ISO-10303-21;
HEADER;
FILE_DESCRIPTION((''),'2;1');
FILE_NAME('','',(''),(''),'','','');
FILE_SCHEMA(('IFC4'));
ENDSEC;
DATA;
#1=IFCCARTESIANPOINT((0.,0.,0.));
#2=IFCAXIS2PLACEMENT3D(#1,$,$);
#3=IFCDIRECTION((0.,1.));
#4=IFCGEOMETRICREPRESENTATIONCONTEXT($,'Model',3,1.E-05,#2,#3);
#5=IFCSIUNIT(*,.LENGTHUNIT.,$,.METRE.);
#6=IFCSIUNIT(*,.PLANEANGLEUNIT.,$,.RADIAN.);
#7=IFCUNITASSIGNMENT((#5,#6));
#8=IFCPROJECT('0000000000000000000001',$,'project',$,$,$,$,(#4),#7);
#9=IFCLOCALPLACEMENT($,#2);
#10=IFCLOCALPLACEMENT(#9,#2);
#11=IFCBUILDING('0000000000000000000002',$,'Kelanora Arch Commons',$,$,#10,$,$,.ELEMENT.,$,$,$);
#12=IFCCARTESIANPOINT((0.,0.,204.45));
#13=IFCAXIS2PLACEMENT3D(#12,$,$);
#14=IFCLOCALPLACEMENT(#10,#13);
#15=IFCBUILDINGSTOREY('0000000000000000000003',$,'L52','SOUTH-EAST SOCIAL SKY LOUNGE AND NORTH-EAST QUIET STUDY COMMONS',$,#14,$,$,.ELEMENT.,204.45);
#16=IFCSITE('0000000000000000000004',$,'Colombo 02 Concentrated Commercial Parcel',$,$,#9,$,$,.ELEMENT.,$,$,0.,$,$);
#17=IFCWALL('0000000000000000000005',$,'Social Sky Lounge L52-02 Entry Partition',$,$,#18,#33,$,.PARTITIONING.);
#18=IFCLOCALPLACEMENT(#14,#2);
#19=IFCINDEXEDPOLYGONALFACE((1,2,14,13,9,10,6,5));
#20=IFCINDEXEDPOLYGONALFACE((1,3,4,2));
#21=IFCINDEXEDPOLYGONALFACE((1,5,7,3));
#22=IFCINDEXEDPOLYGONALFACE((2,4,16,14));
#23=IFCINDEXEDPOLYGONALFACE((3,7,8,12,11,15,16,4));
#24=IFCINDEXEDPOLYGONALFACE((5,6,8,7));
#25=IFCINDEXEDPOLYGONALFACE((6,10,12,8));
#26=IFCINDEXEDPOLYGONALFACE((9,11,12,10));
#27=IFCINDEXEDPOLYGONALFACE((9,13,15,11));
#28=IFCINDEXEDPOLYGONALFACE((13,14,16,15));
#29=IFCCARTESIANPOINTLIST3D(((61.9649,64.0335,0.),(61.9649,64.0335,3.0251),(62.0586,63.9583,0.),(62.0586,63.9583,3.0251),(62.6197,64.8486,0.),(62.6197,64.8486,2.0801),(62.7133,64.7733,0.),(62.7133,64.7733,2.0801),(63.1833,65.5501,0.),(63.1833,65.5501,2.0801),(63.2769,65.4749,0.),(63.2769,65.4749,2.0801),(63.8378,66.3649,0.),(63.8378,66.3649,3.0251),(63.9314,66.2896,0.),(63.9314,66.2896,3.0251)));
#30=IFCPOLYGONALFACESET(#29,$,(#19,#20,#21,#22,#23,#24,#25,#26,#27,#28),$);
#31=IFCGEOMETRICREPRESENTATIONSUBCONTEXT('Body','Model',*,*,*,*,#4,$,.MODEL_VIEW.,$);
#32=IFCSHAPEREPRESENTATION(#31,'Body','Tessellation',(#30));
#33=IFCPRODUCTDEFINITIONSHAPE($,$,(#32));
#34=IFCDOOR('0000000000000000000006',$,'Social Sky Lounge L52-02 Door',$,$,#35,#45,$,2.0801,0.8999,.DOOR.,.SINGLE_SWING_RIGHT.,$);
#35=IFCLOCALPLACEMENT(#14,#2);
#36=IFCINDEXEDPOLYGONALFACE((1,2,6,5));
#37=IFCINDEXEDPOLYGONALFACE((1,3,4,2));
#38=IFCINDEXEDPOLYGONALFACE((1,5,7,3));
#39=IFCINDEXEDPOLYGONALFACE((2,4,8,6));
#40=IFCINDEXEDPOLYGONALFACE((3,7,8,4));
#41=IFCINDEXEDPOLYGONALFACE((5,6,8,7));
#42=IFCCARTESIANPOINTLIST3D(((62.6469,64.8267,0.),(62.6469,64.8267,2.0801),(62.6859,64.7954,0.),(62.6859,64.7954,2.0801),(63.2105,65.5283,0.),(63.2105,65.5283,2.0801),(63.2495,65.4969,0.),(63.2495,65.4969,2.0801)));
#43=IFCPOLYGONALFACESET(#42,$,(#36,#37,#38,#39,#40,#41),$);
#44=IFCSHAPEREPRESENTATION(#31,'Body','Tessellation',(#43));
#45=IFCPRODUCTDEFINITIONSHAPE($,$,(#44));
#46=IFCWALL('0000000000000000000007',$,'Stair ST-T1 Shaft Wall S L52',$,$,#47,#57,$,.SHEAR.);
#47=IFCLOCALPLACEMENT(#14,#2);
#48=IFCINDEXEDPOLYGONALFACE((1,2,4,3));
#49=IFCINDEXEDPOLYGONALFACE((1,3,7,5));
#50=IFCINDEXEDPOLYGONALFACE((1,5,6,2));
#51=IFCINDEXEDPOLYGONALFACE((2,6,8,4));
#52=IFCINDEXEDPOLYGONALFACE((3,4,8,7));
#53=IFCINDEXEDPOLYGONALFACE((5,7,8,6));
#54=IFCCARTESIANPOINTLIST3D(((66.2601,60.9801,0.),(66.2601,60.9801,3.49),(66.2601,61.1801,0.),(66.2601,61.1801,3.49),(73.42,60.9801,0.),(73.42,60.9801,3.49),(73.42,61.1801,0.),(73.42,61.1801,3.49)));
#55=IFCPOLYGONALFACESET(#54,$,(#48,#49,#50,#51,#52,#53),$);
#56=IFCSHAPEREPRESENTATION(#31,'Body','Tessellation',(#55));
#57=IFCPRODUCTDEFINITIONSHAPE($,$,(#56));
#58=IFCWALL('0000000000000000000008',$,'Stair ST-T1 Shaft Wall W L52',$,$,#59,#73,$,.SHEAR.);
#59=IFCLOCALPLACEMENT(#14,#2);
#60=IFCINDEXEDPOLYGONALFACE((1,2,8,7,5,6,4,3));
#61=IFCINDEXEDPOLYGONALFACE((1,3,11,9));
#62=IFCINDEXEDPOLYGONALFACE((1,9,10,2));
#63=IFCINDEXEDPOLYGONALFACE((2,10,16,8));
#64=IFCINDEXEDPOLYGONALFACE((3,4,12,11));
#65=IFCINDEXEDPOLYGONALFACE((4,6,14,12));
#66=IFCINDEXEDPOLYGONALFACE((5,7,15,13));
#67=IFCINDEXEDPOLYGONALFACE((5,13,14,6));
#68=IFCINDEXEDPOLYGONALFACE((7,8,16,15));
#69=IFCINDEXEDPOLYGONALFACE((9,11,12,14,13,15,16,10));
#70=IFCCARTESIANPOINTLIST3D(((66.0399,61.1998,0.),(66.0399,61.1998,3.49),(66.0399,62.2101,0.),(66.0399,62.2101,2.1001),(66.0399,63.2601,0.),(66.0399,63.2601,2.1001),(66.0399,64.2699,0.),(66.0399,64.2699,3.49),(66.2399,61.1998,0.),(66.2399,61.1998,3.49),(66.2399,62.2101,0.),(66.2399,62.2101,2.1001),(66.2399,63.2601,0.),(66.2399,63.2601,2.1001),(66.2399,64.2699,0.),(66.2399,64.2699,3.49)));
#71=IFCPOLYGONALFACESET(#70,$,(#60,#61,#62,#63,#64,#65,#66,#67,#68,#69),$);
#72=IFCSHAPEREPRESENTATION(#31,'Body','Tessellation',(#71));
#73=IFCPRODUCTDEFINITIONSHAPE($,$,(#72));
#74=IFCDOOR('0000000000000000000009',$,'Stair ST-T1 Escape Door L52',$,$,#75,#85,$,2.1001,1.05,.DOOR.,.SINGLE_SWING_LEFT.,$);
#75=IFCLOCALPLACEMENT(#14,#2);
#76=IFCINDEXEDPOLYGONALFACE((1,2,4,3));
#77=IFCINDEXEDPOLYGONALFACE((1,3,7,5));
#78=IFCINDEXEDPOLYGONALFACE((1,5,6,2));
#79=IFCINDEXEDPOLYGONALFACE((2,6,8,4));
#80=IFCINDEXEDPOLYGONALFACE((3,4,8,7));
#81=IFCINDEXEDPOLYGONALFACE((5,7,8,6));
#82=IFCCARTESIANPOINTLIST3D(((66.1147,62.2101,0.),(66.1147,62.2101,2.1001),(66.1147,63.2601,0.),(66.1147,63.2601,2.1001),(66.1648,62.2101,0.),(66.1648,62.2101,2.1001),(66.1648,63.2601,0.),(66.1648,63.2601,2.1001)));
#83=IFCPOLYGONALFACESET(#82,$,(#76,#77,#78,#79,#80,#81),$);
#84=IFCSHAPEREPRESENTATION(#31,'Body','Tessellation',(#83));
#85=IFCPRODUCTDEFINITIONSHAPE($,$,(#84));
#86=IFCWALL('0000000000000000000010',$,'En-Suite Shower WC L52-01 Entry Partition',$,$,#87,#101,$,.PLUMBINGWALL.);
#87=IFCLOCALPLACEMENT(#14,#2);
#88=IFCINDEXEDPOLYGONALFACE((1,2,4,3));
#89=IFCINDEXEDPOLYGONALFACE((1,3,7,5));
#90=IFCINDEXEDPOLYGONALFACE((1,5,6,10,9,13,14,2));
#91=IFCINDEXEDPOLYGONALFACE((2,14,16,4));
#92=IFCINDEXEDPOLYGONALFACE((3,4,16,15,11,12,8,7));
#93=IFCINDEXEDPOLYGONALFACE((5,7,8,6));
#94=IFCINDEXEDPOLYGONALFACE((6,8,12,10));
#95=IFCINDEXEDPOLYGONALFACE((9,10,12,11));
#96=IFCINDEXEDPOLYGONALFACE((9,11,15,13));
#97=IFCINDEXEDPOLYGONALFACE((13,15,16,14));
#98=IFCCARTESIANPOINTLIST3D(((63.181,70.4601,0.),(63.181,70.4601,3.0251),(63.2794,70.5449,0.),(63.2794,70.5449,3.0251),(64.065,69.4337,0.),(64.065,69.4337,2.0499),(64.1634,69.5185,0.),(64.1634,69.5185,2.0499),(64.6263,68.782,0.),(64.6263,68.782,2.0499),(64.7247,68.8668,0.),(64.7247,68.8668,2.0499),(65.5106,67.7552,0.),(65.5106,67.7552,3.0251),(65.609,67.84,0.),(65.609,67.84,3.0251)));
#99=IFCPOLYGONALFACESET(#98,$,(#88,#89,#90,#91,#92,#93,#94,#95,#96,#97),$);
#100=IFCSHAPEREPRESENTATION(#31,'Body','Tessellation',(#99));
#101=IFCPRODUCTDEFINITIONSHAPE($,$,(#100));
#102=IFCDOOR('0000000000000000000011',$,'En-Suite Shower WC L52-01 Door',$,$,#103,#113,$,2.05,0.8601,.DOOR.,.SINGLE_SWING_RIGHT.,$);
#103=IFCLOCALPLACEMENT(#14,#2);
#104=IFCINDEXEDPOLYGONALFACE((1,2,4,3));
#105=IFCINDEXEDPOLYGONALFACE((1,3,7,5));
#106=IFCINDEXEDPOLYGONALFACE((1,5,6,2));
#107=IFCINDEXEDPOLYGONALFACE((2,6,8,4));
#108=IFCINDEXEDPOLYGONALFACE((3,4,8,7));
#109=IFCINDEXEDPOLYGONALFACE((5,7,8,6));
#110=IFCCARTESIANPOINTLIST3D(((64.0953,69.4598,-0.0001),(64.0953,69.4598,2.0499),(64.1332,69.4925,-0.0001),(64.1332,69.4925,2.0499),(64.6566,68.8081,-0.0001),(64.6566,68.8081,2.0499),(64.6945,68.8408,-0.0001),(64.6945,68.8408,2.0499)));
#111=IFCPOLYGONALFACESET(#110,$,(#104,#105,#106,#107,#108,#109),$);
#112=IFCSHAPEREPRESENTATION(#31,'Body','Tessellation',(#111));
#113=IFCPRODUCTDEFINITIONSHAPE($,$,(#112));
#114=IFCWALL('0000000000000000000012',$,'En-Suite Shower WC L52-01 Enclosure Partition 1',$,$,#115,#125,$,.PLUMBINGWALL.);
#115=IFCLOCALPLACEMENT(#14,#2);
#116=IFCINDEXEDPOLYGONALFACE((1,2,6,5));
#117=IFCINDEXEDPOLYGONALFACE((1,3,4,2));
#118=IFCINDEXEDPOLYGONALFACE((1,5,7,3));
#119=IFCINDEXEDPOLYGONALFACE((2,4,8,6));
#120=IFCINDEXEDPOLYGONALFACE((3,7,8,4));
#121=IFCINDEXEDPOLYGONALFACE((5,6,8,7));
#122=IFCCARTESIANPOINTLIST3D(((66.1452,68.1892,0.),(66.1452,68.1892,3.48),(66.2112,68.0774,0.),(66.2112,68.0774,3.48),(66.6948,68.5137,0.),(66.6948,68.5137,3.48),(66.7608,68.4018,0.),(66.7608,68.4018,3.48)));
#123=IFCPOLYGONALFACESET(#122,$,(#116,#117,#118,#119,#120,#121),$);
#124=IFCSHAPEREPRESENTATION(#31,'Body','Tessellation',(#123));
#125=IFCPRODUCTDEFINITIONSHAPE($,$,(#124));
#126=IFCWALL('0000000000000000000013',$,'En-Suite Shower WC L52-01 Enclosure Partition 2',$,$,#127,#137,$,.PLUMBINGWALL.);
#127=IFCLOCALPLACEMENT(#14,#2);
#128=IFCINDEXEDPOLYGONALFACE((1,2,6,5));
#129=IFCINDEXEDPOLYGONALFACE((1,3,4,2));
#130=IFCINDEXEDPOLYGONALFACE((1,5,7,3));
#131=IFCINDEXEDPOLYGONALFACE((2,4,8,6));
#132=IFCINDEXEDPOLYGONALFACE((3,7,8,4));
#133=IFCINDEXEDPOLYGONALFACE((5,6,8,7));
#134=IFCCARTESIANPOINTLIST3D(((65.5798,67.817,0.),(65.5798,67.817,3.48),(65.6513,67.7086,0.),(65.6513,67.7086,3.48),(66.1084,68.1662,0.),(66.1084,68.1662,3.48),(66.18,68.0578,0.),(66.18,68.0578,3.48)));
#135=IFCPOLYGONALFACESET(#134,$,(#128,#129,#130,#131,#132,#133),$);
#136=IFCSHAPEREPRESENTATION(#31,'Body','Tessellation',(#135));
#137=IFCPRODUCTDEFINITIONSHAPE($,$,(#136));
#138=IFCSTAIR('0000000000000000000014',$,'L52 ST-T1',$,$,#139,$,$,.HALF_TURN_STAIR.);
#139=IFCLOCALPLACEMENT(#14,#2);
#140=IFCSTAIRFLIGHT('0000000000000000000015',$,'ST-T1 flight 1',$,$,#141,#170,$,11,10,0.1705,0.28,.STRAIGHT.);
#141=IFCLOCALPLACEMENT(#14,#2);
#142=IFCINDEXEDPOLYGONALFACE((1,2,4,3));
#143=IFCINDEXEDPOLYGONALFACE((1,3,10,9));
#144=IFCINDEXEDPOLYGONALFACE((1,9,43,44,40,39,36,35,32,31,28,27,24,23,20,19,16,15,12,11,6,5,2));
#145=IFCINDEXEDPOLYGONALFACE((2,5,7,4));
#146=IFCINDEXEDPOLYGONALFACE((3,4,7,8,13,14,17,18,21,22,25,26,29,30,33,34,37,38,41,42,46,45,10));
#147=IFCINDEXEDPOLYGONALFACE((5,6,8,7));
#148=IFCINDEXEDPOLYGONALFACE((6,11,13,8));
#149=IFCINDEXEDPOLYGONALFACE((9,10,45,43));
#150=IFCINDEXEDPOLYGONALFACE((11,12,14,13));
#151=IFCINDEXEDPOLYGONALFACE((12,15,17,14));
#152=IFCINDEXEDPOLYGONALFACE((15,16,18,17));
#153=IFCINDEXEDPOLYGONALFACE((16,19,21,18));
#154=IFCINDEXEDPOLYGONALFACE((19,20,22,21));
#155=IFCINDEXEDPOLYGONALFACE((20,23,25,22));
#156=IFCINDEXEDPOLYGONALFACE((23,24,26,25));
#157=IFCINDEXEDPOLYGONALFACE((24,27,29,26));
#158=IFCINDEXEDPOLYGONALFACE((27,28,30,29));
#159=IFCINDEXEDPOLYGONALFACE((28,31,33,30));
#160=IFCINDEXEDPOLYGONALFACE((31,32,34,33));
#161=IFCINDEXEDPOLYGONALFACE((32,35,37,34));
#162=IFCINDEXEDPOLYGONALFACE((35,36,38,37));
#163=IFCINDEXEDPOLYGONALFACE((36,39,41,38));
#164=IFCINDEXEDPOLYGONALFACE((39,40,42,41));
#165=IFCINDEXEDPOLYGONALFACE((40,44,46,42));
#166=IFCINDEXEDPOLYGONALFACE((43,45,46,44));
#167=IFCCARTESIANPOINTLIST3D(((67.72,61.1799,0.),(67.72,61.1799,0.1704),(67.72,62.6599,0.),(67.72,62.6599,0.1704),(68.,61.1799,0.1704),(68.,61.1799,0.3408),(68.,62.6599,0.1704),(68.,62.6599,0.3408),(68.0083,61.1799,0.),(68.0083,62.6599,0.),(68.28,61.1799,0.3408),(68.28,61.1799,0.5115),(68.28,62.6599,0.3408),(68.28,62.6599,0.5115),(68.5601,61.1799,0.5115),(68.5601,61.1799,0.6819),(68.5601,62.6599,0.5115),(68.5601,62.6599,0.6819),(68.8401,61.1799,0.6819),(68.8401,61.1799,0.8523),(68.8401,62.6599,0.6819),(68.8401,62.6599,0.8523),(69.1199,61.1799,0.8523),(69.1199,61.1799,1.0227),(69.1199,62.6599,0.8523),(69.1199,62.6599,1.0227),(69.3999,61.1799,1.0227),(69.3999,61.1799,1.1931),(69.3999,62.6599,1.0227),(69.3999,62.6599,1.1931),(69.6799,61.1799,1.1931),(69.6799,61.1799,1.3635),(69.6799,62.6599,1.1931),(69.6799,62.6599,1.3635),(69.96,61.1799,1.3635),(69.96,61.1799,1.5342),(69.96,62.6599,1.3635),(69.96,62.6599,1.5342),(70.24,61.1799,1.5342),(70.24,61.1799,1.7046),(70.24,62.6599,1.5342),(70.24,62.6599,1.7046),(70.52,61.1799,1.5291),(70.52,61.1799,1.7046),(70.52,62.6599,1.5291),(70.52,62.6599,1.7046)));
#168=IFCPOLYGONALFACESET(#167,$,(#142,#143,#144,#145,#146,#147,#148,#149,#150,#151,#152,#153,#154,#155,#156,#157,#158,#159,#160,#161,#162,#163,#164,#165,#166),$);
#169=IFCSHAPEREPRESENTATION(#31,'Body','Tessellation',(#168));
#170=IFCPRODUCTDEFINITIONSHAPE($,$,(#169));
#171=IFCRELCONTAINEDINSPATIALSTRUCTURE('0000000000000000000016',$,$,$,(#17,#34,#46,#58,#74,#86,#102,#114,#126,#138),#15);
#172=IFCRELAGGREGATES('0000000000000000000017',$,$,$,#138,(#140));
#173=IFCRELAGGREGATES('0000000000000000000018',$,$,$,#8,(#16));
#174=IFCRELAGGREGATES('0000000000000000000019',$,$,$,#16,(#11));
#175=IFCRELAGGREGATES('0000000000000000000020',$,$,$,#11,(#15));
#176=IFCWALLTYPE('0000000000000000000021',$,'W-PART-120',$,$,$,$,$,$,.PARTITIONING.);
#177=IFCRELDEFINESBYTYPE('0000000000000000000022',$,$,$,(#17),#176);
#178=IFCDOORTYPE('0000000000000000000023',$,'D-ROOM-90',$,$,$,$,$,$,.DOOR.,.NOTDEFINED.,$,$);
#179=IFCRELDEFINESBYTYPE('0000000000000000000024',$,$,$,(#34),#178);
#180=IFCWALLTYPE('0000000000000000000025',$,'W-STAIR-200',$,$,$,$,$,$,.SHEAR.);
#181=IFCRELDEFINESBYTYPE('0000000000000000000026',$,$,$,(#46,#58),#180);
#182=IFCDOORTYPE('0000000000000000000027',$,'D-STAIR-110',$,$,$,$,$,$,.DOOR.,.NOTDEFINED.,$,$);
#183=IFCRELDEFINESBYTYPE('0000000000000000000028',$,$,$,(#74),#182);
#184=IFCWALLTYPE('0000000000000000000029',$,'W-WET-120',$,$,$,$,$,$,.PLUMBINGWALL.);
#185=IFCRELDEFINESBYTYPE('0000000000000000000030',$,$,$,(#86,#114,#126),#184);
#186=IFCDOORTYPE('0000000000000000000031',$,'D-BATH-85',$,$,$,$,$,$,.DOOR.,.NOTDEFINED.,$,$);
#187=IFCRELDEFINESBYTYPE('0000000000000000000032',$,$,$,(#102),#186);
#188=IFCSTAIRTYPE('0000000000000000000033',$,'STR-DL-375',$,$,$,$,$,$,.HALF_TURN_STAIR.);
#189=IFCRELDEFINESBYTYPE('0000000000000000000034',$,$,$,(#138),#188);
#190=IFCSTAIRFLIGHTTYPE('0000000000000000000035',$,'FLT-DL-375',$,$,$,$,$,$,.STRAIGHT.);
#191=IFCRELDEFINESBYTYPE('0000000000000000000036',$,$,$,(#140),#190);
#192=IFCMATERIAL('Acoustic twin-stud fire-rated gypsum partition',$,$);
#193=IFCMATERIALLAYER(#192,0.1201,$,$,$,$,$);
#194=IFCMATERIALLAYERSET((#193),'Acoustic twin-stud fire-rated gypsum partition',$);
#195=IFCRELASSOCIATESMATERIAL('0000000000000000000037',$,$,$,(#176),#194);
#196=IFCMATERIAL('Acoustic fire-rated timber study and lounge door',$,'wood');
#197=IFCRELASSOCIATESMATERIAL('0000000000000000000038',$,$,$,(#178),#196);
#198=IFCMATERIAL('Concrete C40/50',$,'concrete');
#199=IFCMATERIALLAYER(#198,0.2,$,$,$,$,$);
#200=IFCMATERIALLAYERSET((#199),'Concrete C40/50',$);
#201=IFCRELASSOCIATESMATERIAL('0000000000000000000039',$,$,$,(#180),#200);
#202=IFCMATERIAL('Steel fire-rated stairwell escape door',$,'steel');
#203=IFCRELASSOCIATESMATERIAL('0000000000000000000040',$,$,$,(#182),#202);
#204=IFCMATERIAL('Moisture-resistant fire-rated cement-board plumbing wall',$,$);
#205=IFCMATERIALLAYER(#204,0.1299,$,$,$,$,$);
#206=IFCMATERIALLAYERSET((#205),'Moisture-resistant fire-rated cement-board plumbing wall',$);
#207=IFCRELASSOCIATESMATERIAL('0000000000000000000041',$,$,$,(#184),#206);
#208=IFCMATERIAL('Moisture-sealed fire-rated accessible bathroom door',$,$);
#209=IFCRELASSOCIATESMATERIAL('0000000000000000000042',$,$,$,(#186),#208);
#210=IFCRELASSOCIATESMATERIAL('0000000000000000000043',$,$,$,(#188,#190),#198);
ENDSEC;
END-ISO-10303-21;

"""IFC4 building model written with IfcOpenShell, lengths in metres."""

from ifc_helpers import new_model, si_unit, direction, frame, frame_2d, origin, place, context, subcontext, project, spatial, polyline, rectangle, outline, extrude, material, layer, layer_set, type_object, element, fill, aggregate, save


model = new_model("IFC4")

# Units and contexts
model_context = context("Model", 3, precision=1e-05, world=origin(), true_north=direction((0.0, 1.0)))
body_context = subcontext(model_context, "Body", "Model", "MODEL_VIEW")
ifc_project = project(units=[si_unit("LENGTHUNIT", "METRE"), si_unit("PLANEANGLEUNIT", "RADIAN")], contexts=[model_context])

# Site, building, storey
site_placement = place(None, origin())
site = spatial("IfcSite", under=ifc_project, at=site_placement, Name="Colombo 02 Concentrated Commercial Parcel", CompositionType="ELEMENT", RefElevation=0.0)
building_placement = place(site_placement, origin())
building = spatial("IfcBuilding", under=site, at=building_placement, Name="Kelanora Arch Commons", CompositionType="ELEMENT")
storey_placement = place(building_placement, frame((0.0, 0.0, 204.45)))
storey = spatial("IfcBuildingStorey", under=building, at=storey_placement, Name="L52", Description="SOUTH-EAST SOCIAL SKY LOUNGE AND NORTH-EAST QUIET STUDY COMMONS", CompositionType="ELEMENT", Elevation=204.45)

# Wall, opening, door
ifc_material_1 = material(Name="Acoustic twin-stud fire-rated gypsum partition")
ifc_layer_1 = layer(ifc_material_1, 0.1201)
ifc_layer_set_1 = layer_set([ifc_layer_1], Name="Acoustic twin-stud fire-rated gypsum partition")
wall_type_1 = type_object("IfcWallType", Name="W-PART-120", PredefinedType="PARTITIONING", material=ifc_layer_set_1)
wall_1_placement = place(storey_placement, frame((63.8845, 66.3271, 0.0), z_axis=(0.0, 0.0, 1.0), x_axis=(-0.626277, -0.779601, 0.0)))
wall_1 = element("IfcWall", 1, at=wall_1_placement, inside=storey, type_object=wall_type_1, Name="Social Sky Lounge L52-02 Entry Partition", PredefinedType="PARTITIONING", context=body_context, shape_type="SweptSolid", body=[
    extrude(rectangle(XDim=2.9905, YDim=0.1201, at=frame_2d((1.4951, 0.0))), origin(), (0.0, 0.0, 1.0), 3.0251),
])
opening_1_placement = place(wall_1_placement, frame((1.0449, 0.0, 0.0)))
opening_1 = element("IfcOpeningElement", 2, at=opening_1_placement, cuts=wall_1, PredefinedType="OPENING", context=body_context, shape_type="SweptSolid", body=[
    extrude(rectangle(XDim=0.8999, YDim=2.0801, at=frame_2d((0.45, 1.04))), frame((0.0, 0.0701, 0.0), z_axis=(0.0, -1.0, 0.0), x_axis=(1.0, 0.0, 0.0)), (0.0, 0.0, 1.0), 0.1401),
])
ifc_material_2 = material(Name="Acoustic fire-rated timber study and lounge door", Category="wood")
door_type_1 = type_object("IfcDoorType", Name="D-ROOM-90", OperationType="NOTDEFINED", PredefinedType="DOOR", material=ifc_material_2)
door_1_placement = place(opening_1_placement, origin())
door_1 = element("IfcDoor", 3, at=door_1_placement, inside=storey, type_object=door_type_1, Name="Social Sky Lounge L52-02 Door", OperationType="SINGLE_SWING_RIGHT", OverallHeight=2.0801, OverallWidth=0.8999, PredefinedType="DOOR", context=body_context, shape_type="SweptSolid", body=[
    extrude(rectangle(XDim=0.8999, YDim=2.0801, at=frame_2d((0.45, 1.04))), frame((0.0, 0.0249, 0.0), z_axis=(0.0, -1.0, 0.0), x_axis=(1.0, 0.0, 0.0)), (0.0, 0.0, 1.0), 0.05),
])
fill(opening_1, door_1)

# Wall
ifc_material_3 = material(Name="Concrete C40/50", Category="concrete")
ifc_layer_2 = layer(ifc_material_3, 0.2)
ifc_layer_set_2 = layer_set([ifc_layer_2], Name="Concrete C40/50")
wall_type_2 = type_object("IfcWallType", Name="W-STAIR-200", PredefinedType="SHEAR", material=ifc_layer_set_2)
wall_2_placement = place(storey_placement, frame((66.26, 61.0801, 0.0), z_axis=(0.0, 0.0, 1.0), x_axis=(1.0, 0.0, 0.0)))
element("IfcWall", 4, at=wall_2_placement, inside=storey, type_object=wall_type_2, Name="Stair ST-T1 Shaft Wall S L52", PredefinedType="SHEAR", context=body_context, shape_type="SweptSolid", body=[
    extrude(rectangle(XDim=7.1599, YDim=0.2, at=frame_2d((3.5801, 0.0))), origin(), (0.0, 0.0, 1.0), 3.49),
])

# Walls, openings, doors
wall_3_placement = place(storey_placement, frame((66.1399, 64.27, 0.0), z_axis=(0.0, 0.0, 1.0), x_axis=(0.0, -1.0, 0.0)))
wall_3 = element("IfcWall", 5, at=wall_3_placement, inside=storey, type_object=wall_type_2, Name="Stair ST-T1 Shaft Wall W L52", PredefinedType="SHEAR", context=body_context, shape_type="SweptSolid", body=[
    extrude(rectangle(XDim=3.0701, YDim=0.2, at=frame_2d((1.5352, 0.0))), origin(), (0.0, 0.0, 1.0), 3.49),
])
opening_2_placement = place(wall_3_placement, frame((1.01, 0.0, 0.0)))
opening_2 = element("IfcOpeningElement", 6, at=opening_2_placement, cuts=wall_3, PredefinedType="OPENING", context=body_context, shape_type="SweptSolid", body=[
    extrude(rectangle(XDim=1.05, YDim=2.1001, at=frame_2d((0.5249, 1.05))), frame((0.0, 0.1099, 0.0), z_axis=(0.0, -1.0, 0.0), x_axis=(1.0, 0.0, 0.0)), (0.0, 0.0, 1.0), 0.22),
])
ifc_material_4 = material(Name="Steel fire-rated stairwell escape door", Category="steel")
door_type_2 = type_object("IfcDoorType", Name="D-STAIR-110", OperationType="NOTDEFINED", PredefinedType="DOOR", material=ifc_material_4)
door_2_placement = place(opening_2_placement, origin())
door_2 = element("IfcDoor", 7, at=door_2_placement, inside=storey, type_object=door_type_2, Name="Stair ST-T1 Escape Door L52", OperationType="SINGLE_SWING_LEFT", OverallHeight=2.1001, OverallWidth=1.05, PredefinedType="DOOR", context=body_context, shape_type="SweptSolid", body=[
    extrude(rectangle(XDim=1.05, YDim=2.1001, at=frame_2d((0.5249, 1.05))), frame((0.0, 0.0249, 0.0), z_axis=(0.0, -1.0, 0.0), x_axis=(1.0, 0.0, 0.0)), (0.0, 0.0, 1.0), 0.05),
])
fill(opening_2, door_2)
ifc_material_5 = material(Name="Moisture-resistant fire-rated cement-board plumbing wall")
ifc_layer_3 = layer(ifc_material_5, 0.1299)
ifc_layer_set_3 = layer_set([ifc_layer_3], Name="Moisture-resistant fire-rated cement-board plumbing wall")
wall_type_3 = type_object("IfcWallType", Name="W-WET-120", PredefinedType="PLUMBINGWALL", material=ifc_layer_set_3)
wall_4_placement = place(storey_placement, frame((65.5598, 67.7976, 0.0), z_axis=(0.0, 0.0, 1.0), x_axis=(-0.652592, 0.75771, 0.0)))
wall_4 = element("IfcWall", 8, at=wall_4_placement, inside=storey, type_object=wall_type_3, Name="En-Suite Shower WC L52-01 Entry Partition", PredefinedType="PLUMBINGWALL", context=body_context, shape_type="SweptSolid", body=[
    extrude(rectangle(XDim=3.5698, YDim=0.1299, at=frame_2d((1.7849, 0.0))), origin(), (0.0, 0.0, 1.0), 3.0251),
])
opening_3_placement = place(wall_4_placement, frame((1.355, 0.0, 0.0)))
opening_3 = element("IfcOpeningElement", 9, at=opening_3_placement, cuts=wall_4, PredefinedType="OPENING", context=body_context, shape_type="SweptSolid", body=[
    extrude(rectangle(XDim=0.8601, YDim=2.05, at=frame_2d((0.4302, 1.0249))), frame((0.0, 0.075, 0.0), z_axis=(0.0, -1.0, 0.0), x_axis=(1.0, 0.0, 0.0)), (0.0, 0.0, 1.0), 0.1499),
])
ifc_material_6 = material(Name="Moisture-sealed fire-rated accessible bathroom door")
door_type_3 = type_object("IfcDoorType", Name="D-BATH-85", OperationType="NOTDEFINED", PredefinedType="DOOR", material=ifc_material_6)
door_3_placement = place(opening_3_placement, origin())
door_3 = element("IfcDoor", 10, at=door_3_placement, inside=storey, type_object=door_type_3, Name="En-Suite Shower WC L52-01 Door", OperationType="SINGLE_SWING_RIGHT", OverallHeight=2.05, OverallWidth=0.8601, PredefinedType="DOOR", context=body_context, shape_type="SweptSolid", body=[
    extrude(rectangle(XDim=0.8601, YDim=2.05, at=frame_2d((0.4302, 1.0249))), frame((0.0, 0.0249, 0.0), z_axis=(0.0, -1.0, 0.0), x_axis=(1.0, 0.0, 0.0)), (0.0, 0.0, 1.0), 0.05),
])
fill(opening_3, door_3)

# Walls
wall_5_placement = place(storey_placement, frame((66.7278, 68.4578, 0.0), z_axis=(0.0, 0.0, 1.0), x_axis=(-0.861117, -0.508407, 0.0)))
element("IfcWall", 11, at=wall_5_placement, inside=storey, type_object=wall_type_3, Name="En-Suite Shower WC L52-01 Enclosure Partition 1", PredefinedType="PLUMBINGWALL", context=body_context, shape_type="SweptSolid", body=[
    extrude(rectangle(XDim=0.6382, YDim=0.1299, at=frame_2d((0.3191, 0.0))), origin(), (0.0, 0.0, 1.0), 3.48),
])
wall_6_placement = place(storey_placement, frame((66.1443, 68.1121, 0.0), z_axis=(0.0, 0.0, 1.0), x_axis=(-0.834414, -0.551137, 0.0)))
element("IfcWall", 12, at=wall_6_placement, inside=storey, type_object=wall_type_3, Name="En-Suite Shower WC L52-01 Enclosure Partition 2", PredefinedType="PLUMBINGWALL", context=body_context, shape_type="SweptSolid", body=[
    extrude(rectangle(XDim=0.6335, YDim=0.1299, at=frame_2d((0.3169, 0.0))), origin(), (0.0, 0.0, 1.0), 3.48),
])

# Stair, stair flight
stair_type = type_object("IfcStairType", Name="STR-DL-375", PredefinedType="HALF_TURN_STAIR", material=ifc_material_3)
stair_placement = place(storey_placement, origin())
stair = element("IfcStair", 13, at=stair_placement, inside=storey, type_object=stair_type, Name="L52 ST-T1", PredefinedType="HALF_TURN_STAIR")
stair_flight_type = type_object("IfcStairFlightType", Name="FLT-DL-375", PredefinedType="STRAIGHT", material=ifc_material_3)
stair_flight_1_placement = place(storey_placement, frame((67.72, 61.9199, 0.0), z_axis=(0.0, 0.0, 1.0), x_axis=(1.0, 0.0, 0.0)))
stair_flight_1 = element("IfcStairFlight", 14, at=stair_flight_1_placement, type_object=stair_flight_type, Name="ST-T1 flight 1", NumberOfRisers=11, NumberOfTreads=10, PredefinedType="STRAIGHT", RiserHeight=0.1705, TreadLength=0.28, context=body_context, shape_type="SweptSolid", body=[
    extrude(outline(polyline([(0.0, 0.0), (0.0, 0.1704), (0.28, 0.1704), (0.28, 0.3408), (0.5601, 0.3408), (0.5601, 0.5115), (0.8401, 0.5115), (0.8401, 0.6819), (1.1201, 0.6819), (1.1201, 0.8523), (1.3999, 0.8523), (1.3999, 1.0227), (1.6799, 1.0227), (1.6799, 1.1931), (1.96, 1.1931), (1.96, 1.3635), (2.24, 1.3635), (2.24, 1.5342), (2.52, 1.5342), (2.52, 1.7046), (2.8, 1.7046), (2.8, 1.875), (2.8, 1.5291), (0.2883, 0.0), (0.0, 0.0)])), frame((0.0, 0.74, 0.0), z_axis=(0.0, -1.0, 0.0), x_axis=(1.0, 0.0, 0.0)), (0.0, 0.0, 1.0), 1.48),
])
aggregate(stair, [stair_flight_1])

save(model, "model.ifc")
